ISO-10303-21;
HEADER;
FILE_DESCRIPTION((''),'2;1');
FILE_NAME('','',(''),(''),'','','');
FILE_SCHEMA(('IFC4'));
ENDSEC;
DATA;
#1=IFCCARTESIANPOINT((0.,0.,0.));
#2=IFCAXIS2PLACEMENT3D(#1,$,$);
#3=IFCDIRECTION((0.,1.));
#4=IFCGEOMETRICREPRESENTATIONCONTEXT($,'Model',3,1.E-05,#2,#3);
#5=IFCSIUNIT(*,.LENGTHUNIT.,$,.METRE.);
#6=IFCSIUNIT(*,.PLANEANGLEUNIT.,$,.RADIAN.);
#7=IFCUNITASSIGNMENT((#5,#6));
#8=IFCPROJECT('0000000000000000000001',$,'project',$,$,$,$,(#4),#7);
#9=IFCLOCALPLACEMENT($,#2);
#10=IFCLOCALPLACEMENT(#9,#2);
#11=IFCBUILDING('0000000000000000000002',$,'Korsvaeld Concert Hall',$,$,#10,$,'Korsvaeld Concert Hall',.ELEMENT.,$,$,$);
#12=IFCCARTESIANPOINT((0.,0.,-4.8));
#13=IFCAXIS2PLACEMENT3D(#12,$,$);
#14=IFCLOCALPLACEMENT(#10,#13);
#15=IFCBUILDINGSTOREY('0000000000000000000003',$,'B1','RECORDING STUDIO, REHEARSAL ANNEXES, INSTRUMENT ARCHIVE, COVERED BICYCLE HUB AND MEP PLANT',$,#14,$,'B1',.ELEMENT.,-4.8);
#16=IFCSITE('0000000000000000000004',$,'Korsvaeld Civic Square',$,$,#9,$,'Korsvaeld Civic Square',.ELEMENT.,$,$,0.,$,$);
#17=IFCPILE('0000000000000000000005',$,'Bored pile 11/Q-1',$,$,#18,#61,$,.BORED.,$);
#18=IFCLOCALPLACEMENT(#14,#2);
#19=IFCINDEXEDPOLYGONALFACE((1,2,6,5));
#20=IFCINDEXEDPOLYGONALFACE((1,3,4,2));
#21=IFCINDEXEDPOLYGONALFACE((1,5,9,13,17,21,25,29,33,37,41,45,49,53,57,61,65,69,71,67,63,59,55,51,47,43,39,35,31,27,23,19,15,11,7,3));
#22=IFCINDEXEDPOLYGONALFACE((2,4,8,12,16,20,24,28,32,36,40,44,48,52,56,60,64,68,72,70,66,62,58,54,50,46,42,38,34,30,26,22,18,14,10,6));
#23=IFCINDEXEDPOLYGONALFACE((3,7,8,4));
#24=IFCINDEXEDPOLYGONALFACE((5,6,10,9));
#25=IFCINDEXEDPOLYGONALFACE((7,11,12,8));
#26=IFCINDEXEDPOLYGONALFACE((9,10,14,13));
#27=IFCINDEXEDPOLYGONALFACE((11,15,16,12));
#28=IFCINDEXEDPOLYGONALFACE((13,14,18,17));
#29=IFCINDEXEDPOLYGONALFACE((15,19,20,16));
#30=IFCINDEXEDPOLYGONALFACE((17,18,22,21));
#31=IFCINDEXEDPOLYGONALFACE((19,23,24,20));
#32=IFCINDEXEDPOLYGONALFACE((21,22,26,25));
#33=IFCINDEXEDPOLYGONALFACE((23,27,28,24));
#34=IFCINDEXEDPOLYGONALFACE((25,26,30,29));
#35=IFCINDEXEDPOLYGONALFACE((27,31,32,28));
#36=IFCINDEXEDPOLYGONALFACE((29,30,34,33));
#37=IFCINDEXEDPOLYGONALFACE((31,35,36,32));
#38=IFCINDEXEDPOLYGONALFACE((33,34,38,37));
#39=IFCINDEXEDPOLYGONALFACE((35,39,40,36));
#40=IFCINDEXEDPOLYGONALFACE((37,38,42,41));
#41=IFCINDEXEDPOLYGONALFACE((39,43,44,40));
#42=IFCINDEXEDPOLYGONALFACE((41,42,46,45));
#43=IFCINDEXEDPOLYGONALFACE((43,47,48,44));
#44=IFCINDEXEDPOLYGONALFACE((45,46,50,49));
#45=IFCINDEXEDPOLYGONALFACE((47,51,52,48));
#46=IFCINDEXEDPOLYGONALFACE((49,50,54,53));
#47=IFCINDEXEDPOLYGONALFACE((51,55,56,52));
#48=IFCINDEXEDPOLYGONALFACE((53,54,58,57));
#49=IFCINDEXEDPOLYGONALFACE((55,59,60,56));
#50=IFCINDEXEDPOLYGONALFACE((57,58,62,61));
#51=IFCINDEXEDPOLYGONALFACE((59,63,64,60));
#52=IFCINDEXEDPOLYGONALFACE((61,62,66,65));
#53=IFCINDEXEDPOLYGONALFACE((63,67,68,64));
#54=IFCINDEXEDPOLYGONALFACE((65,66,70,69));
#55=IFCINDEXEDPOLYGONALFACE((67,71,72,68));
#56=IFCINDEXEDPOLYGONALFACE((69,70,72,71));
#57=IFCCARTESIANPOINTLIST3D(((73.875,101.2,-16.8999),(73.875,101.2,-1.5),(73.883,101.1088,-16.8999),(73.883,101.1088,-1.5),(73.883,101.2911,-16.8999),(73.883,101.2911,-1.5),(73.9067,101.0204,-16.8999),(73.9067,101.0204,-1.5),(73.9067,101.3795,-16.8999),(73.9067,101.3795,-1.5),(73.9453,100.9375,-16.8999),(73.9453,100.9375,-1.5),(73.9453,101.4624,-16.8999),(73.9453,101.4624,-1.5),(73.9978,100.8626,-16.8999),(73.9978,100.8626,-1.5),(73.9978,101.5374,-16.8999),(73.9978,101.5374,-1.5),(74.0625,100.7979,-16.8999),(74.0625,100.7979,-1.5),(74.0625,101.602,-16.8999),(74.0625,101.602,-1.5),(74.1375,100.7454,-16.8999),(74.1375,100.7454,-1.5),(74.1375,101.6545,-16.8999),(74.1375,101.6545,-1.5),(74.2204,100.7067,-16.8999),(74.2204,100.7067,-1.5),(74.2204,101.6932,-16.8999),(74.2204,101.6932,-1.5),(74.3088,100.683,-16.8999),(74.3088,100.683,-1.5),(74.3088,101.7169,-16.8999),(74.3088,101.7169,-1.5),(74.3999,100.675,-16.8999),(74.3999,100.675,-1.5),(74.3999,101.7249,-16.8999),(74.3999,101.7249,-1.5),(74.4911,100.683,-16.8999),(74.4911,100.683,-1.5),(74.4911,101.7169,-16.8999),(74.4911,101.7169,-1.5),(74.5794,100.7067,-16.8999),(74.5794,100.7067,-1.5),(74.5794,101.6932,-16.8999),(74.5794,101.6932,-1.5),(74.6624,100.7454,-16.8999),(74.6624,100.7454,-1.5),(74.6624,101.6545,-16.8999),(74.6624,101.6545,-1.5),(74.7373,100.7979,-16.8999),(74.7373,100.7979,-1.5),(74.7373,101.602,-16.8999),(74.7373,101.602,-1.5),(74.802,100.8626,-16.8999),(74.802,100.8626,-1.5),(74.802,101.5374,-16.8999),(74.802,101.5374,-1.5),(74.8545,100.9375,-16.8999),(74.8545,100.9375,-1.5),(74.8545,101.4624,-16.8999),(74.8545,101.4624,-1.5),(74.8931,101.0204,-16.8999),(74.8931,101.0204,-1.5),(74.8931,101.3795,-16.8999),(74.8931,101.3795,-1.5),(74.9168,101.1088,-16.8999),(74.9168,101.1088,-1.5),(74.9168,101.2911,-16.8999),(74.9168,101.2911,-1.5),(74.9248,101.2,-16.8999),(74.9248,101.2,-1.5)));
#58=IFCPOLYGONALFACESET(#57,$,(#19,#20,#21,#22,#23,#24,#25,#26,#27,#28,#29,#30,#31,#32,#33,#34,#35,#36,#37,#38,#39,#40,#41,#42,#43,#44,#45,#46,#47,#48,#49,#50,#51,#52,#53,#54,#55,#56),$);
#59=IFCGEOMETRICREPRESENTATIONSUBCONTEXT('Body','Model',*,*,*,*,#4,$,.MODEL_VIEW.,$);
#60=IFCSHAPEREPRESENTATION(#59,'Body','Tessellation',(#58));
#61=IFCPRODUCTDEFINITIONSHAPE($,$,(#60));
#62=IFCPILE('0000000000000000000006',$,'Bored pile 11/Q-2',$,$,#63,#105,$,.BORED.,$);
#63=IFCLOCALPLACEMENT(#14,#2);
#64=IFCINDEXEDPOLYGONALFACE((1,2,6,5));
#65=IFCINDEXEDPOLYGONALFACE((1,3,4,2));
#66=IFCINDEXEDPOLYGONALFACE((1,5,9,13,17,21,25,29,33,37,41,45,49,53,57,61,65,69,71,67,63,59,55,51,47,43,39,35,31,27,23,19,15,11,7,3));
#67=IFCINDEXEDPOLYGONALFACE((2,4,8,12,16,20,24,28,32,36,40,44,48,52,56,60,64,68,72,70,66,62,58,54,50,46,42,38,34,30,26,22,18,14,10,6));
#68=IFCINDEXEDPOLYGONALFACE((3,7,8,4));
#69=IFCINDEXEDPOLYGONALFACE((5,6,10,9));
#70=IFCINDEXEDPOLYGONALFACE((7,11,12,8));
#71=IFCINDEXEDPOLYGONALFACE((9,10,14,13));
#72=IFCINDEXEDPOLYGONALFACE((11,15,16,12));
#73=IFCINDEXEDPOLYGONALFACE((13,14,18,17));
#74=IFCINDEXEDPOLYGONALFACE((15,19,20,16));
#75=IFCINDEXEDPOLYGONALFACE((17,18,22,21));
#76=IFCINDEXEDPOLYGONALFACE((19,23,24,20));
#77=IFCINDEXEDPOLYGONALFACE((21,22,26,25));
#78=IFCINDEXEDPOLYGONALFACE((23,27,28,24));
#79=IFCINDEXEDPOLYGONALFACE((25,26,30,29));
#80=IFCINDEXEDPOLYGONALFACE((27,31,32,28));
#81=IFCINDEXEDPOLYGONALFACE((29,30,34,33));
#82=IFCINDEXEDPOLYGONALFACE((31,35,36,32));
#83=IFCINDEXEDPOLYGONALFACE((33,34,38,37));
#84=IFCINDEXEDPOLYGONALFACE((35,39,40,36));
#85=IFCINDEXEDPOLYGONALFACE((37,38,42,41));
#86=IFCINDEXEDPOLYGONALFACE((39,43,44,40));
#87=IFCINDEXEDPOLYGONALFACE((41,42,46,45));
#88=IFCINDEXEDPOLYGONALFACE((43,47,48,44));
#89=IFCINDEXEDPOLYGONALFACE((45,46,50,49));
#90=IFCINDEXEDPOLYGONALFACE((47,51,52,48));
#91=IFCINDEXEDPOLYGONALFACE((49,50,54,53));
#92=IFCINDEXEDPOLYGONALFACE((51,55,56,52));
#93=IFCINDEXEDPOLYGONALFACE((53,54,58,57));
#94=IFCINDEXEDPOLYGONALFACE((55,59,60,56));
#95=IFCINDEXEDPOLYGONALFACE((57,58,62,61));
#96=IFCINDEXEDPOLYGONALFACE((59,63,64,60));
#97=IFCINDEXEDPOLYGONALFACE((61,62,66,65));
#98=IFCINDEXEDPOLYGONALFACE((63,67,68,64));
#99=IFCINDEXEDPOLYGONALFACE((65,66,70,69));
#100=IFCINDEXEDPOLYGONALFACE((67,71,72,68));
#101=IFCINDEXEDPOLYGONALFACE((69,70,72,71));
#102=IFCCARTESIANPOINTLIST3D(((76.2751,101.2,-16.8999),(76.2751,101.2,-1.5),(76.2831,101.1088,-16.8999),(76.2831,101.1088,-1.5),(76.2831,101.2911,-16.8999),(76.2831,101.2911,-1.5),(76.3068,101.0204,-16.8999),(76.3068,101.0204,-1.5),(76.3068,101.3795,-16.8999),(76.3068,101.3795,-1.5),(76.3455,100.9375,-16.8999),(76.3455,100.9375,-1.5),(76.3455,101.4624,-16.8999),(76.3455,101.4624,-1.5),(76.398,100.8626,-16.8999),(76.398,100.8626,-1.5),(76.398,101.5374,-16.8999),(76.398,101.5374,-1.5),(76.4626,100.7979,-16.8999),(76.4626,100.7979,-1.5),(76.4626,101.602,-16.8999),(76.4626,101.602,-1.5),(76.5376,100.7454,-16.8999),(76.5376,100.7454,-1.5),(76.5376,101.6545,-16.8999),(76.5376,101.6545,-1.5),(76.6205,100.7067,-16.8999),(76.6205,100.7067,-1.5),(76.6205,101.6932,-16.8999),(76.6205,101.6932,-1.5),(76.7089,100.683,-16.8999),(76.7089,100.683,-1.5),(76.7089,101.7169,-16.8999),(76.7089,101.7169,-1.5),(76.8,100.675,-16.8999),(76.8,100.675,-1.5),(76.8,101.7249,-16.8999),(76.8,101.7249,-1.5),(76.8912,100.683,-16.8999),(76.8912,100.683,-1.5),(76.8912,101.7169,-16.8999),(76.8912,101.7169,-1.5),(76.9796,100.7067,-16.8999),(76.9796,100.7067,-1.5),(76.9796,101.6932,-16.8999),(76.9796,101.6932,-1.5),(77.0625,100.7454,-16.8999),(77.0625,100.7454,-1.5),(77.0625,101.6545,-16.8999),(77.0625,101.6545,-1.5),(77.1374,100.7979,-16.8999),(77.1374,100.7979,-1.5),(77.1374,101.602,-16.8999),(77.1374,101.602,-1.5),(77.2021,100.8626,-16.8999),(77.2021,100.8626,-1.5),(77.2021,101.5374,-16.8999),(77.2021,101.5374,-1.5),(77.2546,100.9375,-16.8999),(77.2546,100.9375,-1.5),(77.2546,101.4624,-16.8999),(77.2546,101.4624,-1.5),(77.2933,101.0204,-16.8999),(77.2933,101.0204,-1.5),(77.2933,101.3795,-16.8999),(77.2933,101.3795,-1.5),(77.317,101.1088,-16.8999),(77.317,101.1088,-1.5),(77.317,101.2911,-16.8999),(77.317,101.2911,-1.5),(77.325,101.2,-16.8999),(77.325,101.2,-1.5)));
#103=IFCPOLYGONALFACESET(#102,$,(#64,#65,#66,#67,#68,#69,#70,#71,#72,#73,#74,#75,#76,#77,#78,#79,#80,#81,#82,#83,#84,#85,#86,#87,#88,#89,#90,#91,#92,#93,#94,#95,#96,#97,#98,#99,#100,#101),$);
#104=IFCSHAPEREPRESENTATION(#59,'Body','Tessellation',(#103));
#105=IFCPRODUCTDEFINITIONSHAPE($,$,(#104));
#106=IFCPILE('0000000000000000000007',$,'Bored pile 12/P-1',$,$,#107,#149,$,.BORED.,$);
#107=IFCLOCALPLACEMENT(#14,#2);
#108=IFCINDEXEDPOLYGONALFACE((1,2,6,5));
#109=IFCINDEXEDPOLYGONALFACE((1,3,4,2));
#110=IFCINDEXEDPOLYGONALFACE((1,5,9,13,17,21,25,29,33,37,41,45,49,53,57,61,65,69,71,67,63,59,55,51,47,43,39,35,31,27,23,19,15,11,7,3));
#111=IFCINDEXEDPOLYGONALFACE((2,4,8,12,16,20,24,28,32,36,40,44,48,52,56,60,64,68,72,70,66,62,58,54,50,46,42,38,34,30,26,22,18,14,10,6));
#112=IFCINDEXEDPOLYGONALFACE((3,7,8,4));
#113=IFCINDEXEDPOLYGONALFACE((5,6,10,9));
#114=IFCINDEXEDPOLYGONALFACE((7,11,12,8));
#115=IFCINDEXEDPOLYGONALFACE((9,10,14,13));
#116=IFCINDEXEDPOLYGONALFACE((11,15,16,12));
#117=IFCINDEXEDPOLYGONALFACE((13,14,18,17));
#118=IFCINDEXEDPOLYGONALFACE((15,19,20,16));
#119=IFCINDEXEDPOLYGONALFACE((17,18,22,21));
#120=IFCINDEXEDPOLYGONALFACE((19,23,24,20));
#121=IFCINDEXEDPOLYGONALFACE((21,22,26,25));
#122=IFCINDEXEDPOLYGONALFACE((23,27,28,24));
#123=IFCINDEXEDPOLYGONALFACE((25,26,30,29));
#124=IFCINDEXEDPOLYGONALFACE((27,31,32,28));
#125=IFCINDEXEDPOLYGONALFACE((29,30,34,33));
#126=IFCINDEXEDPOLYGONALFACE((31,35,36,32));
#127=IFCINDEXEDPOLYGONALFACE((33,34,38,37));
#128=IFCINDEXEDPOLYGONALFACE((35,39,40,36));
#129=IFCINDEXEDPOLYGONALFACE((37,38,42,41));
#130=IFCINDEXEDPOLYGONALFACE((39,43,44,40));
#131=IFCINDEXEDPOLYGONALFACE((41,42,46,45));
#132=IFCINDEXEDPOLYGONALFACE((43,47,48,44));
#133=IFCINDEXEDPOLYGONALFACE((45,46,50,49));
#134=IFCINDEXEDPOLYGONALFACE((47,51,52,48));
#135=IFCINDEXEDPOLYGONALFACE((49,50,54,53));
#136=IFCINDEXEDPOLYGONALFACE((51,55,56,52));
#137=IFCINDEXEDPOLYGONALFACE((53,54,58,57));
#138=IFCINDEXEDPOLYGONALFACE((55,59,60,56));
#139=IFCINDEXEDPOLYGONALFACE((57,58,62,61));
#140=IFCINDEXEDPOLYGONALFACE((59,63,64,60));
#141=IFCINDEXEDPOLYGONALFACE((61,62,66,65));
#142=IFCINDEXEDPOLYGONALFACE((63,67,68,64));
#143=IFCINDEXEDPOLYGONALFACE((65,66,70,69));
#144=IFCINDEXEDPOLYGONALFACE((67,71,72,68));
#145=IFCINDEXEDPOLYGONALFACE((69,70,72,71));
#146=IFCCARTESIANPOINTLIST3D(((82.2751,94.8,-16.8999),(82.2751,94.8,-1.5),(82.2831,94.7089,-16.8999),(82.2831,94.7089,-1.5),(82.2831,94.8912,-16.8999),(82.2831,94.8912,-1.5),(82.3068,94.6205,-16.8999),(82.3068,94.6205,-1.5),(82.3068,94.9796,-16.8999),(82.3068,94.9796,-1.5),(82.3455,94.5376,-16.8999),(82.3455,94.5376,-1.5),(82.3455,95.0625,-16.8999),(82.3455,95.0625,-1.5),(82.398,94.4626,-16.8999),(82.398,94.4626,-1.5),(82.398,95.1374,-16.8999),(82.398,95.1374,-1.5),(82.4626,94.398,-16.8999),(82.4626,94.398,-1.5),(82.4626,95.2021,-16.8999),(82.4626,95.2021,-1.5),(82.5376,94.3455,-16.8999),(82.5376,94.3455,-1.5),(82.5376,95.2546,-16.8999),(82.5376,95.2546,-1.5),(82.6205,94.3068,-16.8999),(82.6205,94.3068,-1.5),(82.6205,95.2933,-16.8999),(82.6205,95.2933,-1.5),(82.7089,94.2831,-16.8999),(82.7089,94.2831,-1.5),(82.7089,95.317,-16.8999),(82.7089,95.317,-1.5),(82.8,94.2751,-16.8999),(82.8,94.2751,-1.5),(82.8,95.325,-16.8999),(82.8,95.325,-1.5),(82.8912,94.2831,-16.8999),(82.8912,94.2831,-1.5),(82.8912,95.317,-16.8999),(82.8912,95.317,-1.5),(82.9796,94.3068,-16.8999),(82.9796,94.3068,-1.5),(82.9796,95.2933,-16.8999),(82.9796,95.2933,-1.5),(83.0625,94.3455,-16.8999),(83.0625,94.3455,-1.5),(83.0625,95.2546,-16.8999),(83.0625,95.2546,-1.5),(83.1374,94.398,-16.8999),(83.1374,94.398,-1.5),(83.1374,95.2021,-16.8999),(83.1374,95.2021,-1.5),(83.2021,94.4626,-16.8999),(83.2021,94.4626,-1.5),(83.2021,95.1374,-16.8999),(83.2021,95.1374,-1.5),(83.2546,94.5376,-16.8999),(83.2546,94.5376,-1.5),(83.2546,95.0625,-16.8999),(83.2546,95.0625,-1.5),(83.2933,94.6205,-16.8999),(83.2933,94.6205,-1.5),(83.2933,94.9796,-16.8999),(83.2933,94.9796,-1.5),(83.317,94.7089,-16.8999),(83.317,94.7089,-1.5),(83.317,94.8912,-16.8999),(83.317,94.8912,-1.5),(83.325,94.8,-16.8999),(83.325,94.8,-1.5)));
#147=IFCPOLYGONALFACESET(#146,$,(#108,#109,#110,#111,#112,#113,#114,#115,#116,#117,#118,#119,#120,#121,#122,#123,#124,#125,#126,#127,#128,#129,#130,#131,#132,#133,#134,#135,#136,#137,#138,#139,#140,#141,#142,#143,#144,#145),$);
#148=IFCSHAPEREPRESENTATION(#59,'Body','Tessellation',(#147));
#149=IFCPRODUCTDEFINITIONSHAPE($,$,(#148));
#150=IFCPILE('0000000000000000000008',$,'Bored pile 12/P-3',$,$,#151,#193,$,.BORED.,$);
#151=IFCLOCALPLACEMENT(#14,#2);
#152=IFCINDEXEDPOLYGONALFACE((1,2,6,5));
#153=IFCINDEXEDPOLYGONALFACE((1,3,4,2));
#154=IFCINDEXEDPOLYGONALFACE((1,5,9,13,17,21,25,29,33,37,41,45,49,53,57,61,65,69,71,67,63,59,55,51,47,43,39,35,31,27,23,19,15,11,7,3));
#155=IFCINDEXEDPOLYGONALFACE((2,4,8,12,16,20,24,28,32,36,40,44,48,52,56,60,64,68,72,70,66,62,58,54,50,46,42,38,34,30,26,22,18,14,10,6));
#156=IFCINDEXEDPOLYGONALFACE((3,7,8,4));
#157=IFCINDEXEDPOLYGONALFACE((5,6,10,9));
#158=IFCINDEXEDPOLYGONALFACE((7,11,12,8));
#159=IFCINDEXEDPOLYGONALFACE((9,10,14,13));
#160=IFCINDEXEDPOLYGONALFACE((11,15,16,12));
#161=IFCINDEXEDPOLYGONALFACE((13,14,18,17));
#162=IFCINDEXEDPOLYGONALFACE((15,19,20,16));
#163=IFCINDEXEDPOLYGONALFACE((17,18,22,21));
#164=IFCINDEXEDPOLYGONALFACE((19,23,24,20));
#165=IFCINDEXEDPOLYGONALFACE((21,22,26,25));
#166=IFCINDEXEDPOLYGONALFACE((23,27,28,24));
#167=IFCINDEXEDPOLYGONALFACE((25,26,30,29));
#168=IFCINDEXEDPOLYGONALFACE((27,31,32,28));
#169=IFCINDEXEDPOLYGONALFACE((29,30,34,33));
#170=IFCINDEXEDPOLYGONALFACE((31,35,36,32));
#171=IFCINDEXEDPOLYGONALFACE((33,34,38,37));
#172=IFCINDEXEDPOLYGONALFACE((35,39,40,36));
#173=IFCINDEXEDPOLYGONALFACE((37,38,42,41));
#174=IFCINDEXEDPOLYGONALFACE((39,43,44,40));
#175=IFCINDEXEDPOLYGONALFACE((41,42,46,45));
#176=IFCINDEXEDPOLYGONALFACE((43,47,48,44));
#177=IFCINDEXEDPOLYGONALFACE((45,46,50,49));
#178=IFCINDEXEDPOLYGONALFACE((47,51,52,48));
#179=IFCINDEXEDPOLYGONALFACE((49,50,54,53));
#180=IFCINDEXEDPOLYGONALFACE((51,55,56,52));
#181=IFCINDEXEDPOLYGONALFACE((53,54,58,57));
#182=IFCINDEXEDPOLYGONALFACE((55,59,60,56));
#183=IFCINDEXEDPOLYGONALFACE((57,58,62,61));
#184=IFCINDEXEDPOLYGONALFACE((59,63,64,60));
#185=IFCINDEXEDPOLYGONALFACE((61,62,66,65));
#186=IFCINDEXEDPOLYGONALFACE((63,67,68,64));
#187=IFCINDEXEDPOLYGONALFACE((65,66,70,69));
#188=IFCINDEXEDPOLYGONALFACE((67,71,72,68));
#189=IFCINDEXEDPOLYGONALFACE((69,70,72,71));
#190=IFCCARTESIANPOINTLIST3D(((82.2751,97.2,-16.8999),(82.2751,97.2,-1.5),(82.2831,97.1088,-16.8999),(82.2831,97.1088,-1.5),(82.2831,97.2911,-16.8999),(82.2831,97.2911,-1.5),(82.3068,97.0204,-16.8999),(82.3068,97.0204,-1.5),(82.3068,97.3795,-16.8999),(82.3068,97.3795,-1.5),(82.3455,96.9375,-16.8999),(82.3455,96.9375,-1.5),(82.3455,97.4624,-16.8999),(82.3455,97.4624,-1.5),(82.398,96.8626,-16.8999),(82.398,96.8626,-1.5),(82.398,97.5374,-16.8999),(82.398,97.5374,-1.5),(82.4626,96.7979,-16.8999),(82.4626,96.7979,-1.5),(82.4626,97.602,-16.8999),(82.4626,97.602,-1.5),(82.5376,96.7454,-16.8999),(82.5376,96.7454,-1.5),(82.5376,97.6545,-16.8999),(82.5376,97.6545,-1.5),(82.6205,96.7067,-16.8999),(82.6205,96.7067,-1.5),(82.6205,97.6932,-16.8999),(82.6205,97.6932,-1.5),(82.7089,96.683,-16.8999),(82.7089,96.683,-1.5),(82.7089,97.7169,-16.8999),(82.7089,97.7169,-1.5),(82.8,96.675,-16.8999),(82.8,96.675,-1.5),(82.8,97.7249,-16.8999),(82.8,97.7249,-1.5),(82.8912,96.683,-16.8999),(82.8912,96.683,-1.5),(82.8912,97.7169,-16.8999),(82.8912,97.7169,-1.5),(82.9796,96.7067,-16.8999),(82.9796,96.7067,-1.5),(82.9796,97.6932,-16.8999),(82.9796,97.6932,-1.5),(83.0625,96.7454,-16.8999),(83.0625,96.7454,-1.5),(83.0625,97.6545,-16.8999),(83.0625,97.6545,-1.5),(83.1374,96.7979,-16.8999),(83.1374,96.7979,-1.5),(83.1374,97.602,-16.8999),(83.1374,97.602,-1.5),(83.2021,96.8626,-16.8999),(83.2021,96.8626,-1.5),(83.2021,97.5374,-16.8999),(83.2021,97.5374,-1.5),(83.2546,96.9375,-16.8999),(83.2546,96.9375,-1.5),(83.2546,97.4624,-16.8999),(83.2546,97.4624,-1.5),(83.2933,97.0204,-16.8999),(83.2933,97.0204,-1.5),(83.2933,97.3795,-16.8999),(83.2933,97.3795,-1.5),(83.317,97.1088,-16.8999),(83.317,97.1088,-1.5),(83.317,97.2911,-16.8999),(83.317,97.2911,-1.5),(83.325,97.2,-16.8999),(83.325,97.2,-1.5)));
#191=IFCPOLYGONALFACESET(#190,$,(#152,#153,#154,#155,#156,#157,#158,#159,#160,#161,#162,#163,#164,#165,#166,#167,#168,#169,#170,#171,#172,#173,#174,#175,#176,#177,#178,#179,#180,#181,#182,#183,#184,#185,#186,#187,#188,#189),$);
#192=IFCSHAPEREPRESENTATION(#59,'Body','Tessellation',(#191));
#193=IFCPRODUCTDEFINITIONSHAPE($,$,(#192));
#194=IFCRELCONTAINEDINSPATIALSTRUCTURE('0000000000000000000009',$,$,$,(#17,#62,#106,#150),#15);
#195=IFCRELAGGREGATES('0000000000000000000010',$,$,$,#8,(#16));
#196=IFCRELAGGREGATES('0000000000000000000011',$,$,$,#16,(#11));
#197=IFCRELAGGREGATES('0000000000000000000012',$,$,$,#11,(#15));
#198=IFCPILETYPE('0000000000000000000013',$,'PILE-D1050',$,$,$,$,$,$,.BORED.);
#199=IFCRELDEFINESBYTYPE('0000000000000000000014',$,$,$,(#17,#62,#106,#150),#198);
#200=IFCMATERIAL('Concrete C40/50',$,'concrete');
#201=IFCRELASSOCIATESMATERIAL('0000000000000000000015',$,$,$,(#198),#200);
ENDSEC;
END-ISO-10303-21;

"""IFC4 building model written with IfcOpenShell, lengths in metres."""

from ifc_helpers import new_model, si_unit, direction, frame, origin, origin_2d, place, context, subcontext, project, spatial, circle, extrude, material, material_profile, profile_set, type_object, element, save


model = new_model("IFC4")

# Units and contexts
model_context = context("Model", 3, precision=1e-05, world=origin(), true_north=direction((0.0, 1.0)))
body_context = subcontext(model_context, "Body", "Model", "MODEL_VIEW")
ifc_project = project(units=[si_unit("LENGTHUNIT", "METRE"), si_unit("PLANEANGLEUNIT", "RADIAN")], contexts=[model_context])

# Site, building, storey
site_placement = place(None, origin())
site = spatial("IfcSite", under=ifc_project, at=site_placement, Name="Korsvaeld Civic Square", LongName="Korsvaeld Civic Square", CompositionType="ELEMENT", RefElevation=0.0)
building_placement = place(site_placement, origin())
building = spatial("IfcBuilding", under=site, at=building_placement, Name="Korsvaeld Concert Hall", LongName="Korsvaeld Concert Hall", CompositionType="ELEMENT")
storey_placement = place(building_placement, frame((0.0, 0.0, -4.8)))
storey = spatial("IfcBuildingStorey", under=building, at=storey_placement, Name="B1", Description="RECORDING STUDIO, REHEARSAL ANNEXES, INSTRUMENT ARCHIVE, COVERED BICYCLE HUB AND MEP PLANT", LongName="B1", CompositionType="ELEMENT", Elevation=-4.8)

# Piles
ifc_material_1 = material(Name="Concrete C40/50", Category="concrete")
ifc_material_profile_1 = material_profile(ifc_material_1, circle(Radius=0.5249, at=origin_2d()), Name="BORED PILE D1050")
ifc_profile_set_1 = profile_set([ifc_material_profile_1], Name="Concrete C40/50")
pile_type_1 = type_object("IfcPileType", Name="PILE-D1050", PredefinedType="BORED", material=ifc_profile_set_1)
for number, where, z_axis, x_axis, name in (
    (1, (74.3999, 101.2, -1.5), (0.0, 0.0, -1.0), (1.0, 0.0, 0.0), "Bored pile 11/Q-1"),
    (2, (76.8, 101.2, -1.5), (0.0, 0.0, -1.0), (1.0, 0.0, 0.0), "Bored pile 11/Q-2"),
    (3, (82.8, 94.8, -1.5), (0.0, 0.0, -1.0), (1.0, 0.0, 0.0), "Bored pile 12/P-1"),
    (4, (82.8, 97.2, -1.5), (0.0, 0.0, -1.0), (1.0, 0.0, 0.0), "Bored pile 12/P-3"),
):
    element("IfcPile", number, at=place(storey_placement, frame(where, z_axis=z_axis, x_axis=x_axis)), inside=storey, type_object=pile_type_1, Name=name, PredefinedType="BORED", context=body_context, shape_type="SweptSolid", body=[
        extrude(circle(Radius=0.5249, at=origin_2d()), origin(), (0.0, 0.0, 1.0), 15.3999),
    ])

save(model, "model.ifc")
